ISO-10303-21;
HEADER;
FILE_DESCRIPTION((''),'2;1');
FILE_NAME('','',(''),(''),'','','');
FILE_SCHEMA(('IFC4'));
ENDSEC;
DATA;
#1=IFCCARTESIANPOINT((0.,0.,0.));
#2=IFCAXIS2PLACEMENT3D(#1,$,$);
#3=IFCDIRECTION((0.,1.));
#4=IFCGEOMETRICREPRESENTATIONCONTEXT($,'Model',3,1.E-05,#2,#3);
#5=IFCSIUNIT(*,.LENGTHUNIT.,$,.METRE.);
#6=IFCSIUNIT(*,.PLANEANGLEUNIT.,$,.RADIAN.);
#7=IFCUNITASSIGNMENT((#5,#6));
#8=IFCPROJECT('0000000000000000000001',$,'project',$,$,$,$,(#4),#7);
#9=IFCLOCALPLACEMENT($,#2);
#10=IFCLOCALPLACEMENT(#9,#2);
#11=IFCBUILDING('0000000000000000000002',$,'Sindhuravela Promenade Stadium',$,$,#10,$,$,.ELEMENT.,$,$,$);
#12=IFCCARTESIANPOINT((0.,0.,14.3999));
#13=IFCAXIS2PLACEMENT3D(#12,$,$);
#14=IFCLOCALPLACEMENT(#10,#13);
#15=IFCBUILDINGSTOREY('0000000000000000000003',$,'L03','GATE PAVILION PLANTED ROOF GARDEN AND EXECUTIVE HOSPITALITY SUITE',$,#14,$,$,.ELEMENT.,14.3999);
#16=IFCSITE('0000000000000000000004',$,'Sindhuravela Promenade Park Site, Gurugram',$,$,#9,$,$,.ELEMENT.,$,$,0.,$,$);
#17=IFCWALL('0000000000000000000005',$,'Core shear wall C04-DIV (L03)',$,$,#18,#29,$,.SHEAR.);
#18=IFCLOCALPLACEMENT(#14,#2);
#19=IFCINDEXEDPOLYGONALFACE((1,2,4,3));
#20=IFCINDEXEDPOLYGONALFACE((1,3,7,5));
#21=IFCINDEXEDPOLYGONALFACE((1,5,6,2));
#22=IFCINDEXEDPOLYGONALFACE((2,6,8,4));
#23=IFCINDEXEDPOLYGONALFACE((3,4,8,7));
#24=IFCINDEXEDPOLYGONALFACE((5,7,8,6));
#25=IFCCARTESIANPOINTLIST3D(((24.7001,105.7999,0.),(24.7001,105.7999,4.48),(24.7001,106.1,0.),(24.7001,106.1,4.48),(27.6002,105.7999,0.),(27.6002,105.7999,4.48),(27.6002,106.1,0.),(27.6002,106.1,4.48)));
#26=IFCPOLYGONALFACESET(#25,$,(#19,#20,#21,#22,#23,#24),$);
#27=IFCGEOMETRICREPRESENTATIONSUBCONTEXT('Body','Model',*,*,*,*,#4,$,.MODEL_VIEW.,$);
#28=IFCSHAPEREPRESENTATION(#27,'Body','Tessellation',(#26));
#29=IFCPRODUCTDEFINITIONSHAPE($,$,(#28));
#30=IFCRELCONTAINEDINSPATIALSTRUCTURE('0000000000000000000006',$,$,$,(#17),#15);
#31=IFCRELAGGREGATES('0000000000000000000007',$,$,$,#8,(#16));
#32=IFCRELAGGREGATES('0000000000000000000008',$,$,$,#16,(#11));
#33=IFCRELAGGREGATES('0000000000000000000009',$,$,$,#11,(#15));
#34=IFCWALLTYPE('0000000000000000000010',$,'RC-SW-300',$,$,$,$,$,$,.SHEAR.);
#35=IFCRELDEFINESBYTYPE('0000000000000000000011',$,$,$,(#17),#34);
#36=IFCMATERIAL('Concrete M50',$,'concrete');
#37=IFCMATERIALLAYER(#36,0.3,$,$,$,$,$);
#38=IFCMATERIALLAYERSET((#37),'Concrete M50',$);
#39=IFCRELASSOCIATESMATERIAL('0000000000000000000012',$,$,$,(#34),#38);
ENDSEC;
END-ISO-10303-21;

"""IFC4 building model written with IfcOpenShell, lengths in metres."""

from ifc_helpers import new_model, si_unit, direction, frame, frame_2d, origin, place, context, subcontext, project, spatial, rectangle, extrude, material, layer, layer_set, type_object, element, save


model = new_model("IFC4")

# Units and contexts
model_context = context("Model", 3, precision=1e-05, world=origin(), true_north=direction((0.0, 1.0)))
body_context = subcontext(model_context, "Body", "Model", "MODEL_VIEW")
ifc_project = project(units=[si_unit("LENGTHUNIT", "METRE"), si_unit("PLANEANGLEUNIT", "RADIAN")], contexts=[model_context])

# Site, building, storey
site_placement = place(None, origin())
site = spatial("IfcSite", under=ifc_project, at=site_placement, Name="Sindhuravela Promenade Park Site, Gurugram", CompositionType="ELEMENT", RefElevation=0.0)
building_placement = place(site_placement, origin())
building = spatial("IfcBuilding", under=site, at=building_placement, Name="Sindhuravela Promenade Stadium", CompositionType="ELEMENT")
storey_placement = place(building_placement, frame((0.0, 0.0, 14.3999)))
storey = spatial("IfcBuildingStorey", under=building, at=storey_placement, Name="L03", Description="GATE PAVILION PLANTED ROOF GARDEN AND EXECUTIVE HOSPITALITY SUITE", CompositionType="ELEMENT", Elevation=14.3999)

# Shared definitions
ifc_material_1 = material(Name="Concrete M50", Category="concrete")

# Shared definitions
ifc_layer_1 = layer(ifc_material_1, 0.3)
ifc_layer_set_1 = layer_set([ifc_layer_1], Name="Concrete M50")
wall_type_1 = type_object("IfcWallType", Name="RC-SW-300", PredefinedType="SHEAR", material=ifc_layer_set_1)

# Wall
wall_1_placement = place(storey_placement, frame((24.7, 105.95, 0.0), z_axis=(0.0, 0.0, 1.0), x_axis=(1.0, 0.0, 0.0)))
element("IfcWall", 1, at=wall_1_placement, inside=storey, type_object=wall_type_1, Name="Core shear wall C04-DIV (L03)", PredefinedType="SHEAR", context=body_context, shape_type="SweptSolid", body=[
    extrude(rectangle(XDim=2.9001, YDim=0.3, at=frame_2d((1.4502, 0.0))), origin(), (0.0, 0.0, 1.0), 4.48),
])

save(model, "model.ifc")
